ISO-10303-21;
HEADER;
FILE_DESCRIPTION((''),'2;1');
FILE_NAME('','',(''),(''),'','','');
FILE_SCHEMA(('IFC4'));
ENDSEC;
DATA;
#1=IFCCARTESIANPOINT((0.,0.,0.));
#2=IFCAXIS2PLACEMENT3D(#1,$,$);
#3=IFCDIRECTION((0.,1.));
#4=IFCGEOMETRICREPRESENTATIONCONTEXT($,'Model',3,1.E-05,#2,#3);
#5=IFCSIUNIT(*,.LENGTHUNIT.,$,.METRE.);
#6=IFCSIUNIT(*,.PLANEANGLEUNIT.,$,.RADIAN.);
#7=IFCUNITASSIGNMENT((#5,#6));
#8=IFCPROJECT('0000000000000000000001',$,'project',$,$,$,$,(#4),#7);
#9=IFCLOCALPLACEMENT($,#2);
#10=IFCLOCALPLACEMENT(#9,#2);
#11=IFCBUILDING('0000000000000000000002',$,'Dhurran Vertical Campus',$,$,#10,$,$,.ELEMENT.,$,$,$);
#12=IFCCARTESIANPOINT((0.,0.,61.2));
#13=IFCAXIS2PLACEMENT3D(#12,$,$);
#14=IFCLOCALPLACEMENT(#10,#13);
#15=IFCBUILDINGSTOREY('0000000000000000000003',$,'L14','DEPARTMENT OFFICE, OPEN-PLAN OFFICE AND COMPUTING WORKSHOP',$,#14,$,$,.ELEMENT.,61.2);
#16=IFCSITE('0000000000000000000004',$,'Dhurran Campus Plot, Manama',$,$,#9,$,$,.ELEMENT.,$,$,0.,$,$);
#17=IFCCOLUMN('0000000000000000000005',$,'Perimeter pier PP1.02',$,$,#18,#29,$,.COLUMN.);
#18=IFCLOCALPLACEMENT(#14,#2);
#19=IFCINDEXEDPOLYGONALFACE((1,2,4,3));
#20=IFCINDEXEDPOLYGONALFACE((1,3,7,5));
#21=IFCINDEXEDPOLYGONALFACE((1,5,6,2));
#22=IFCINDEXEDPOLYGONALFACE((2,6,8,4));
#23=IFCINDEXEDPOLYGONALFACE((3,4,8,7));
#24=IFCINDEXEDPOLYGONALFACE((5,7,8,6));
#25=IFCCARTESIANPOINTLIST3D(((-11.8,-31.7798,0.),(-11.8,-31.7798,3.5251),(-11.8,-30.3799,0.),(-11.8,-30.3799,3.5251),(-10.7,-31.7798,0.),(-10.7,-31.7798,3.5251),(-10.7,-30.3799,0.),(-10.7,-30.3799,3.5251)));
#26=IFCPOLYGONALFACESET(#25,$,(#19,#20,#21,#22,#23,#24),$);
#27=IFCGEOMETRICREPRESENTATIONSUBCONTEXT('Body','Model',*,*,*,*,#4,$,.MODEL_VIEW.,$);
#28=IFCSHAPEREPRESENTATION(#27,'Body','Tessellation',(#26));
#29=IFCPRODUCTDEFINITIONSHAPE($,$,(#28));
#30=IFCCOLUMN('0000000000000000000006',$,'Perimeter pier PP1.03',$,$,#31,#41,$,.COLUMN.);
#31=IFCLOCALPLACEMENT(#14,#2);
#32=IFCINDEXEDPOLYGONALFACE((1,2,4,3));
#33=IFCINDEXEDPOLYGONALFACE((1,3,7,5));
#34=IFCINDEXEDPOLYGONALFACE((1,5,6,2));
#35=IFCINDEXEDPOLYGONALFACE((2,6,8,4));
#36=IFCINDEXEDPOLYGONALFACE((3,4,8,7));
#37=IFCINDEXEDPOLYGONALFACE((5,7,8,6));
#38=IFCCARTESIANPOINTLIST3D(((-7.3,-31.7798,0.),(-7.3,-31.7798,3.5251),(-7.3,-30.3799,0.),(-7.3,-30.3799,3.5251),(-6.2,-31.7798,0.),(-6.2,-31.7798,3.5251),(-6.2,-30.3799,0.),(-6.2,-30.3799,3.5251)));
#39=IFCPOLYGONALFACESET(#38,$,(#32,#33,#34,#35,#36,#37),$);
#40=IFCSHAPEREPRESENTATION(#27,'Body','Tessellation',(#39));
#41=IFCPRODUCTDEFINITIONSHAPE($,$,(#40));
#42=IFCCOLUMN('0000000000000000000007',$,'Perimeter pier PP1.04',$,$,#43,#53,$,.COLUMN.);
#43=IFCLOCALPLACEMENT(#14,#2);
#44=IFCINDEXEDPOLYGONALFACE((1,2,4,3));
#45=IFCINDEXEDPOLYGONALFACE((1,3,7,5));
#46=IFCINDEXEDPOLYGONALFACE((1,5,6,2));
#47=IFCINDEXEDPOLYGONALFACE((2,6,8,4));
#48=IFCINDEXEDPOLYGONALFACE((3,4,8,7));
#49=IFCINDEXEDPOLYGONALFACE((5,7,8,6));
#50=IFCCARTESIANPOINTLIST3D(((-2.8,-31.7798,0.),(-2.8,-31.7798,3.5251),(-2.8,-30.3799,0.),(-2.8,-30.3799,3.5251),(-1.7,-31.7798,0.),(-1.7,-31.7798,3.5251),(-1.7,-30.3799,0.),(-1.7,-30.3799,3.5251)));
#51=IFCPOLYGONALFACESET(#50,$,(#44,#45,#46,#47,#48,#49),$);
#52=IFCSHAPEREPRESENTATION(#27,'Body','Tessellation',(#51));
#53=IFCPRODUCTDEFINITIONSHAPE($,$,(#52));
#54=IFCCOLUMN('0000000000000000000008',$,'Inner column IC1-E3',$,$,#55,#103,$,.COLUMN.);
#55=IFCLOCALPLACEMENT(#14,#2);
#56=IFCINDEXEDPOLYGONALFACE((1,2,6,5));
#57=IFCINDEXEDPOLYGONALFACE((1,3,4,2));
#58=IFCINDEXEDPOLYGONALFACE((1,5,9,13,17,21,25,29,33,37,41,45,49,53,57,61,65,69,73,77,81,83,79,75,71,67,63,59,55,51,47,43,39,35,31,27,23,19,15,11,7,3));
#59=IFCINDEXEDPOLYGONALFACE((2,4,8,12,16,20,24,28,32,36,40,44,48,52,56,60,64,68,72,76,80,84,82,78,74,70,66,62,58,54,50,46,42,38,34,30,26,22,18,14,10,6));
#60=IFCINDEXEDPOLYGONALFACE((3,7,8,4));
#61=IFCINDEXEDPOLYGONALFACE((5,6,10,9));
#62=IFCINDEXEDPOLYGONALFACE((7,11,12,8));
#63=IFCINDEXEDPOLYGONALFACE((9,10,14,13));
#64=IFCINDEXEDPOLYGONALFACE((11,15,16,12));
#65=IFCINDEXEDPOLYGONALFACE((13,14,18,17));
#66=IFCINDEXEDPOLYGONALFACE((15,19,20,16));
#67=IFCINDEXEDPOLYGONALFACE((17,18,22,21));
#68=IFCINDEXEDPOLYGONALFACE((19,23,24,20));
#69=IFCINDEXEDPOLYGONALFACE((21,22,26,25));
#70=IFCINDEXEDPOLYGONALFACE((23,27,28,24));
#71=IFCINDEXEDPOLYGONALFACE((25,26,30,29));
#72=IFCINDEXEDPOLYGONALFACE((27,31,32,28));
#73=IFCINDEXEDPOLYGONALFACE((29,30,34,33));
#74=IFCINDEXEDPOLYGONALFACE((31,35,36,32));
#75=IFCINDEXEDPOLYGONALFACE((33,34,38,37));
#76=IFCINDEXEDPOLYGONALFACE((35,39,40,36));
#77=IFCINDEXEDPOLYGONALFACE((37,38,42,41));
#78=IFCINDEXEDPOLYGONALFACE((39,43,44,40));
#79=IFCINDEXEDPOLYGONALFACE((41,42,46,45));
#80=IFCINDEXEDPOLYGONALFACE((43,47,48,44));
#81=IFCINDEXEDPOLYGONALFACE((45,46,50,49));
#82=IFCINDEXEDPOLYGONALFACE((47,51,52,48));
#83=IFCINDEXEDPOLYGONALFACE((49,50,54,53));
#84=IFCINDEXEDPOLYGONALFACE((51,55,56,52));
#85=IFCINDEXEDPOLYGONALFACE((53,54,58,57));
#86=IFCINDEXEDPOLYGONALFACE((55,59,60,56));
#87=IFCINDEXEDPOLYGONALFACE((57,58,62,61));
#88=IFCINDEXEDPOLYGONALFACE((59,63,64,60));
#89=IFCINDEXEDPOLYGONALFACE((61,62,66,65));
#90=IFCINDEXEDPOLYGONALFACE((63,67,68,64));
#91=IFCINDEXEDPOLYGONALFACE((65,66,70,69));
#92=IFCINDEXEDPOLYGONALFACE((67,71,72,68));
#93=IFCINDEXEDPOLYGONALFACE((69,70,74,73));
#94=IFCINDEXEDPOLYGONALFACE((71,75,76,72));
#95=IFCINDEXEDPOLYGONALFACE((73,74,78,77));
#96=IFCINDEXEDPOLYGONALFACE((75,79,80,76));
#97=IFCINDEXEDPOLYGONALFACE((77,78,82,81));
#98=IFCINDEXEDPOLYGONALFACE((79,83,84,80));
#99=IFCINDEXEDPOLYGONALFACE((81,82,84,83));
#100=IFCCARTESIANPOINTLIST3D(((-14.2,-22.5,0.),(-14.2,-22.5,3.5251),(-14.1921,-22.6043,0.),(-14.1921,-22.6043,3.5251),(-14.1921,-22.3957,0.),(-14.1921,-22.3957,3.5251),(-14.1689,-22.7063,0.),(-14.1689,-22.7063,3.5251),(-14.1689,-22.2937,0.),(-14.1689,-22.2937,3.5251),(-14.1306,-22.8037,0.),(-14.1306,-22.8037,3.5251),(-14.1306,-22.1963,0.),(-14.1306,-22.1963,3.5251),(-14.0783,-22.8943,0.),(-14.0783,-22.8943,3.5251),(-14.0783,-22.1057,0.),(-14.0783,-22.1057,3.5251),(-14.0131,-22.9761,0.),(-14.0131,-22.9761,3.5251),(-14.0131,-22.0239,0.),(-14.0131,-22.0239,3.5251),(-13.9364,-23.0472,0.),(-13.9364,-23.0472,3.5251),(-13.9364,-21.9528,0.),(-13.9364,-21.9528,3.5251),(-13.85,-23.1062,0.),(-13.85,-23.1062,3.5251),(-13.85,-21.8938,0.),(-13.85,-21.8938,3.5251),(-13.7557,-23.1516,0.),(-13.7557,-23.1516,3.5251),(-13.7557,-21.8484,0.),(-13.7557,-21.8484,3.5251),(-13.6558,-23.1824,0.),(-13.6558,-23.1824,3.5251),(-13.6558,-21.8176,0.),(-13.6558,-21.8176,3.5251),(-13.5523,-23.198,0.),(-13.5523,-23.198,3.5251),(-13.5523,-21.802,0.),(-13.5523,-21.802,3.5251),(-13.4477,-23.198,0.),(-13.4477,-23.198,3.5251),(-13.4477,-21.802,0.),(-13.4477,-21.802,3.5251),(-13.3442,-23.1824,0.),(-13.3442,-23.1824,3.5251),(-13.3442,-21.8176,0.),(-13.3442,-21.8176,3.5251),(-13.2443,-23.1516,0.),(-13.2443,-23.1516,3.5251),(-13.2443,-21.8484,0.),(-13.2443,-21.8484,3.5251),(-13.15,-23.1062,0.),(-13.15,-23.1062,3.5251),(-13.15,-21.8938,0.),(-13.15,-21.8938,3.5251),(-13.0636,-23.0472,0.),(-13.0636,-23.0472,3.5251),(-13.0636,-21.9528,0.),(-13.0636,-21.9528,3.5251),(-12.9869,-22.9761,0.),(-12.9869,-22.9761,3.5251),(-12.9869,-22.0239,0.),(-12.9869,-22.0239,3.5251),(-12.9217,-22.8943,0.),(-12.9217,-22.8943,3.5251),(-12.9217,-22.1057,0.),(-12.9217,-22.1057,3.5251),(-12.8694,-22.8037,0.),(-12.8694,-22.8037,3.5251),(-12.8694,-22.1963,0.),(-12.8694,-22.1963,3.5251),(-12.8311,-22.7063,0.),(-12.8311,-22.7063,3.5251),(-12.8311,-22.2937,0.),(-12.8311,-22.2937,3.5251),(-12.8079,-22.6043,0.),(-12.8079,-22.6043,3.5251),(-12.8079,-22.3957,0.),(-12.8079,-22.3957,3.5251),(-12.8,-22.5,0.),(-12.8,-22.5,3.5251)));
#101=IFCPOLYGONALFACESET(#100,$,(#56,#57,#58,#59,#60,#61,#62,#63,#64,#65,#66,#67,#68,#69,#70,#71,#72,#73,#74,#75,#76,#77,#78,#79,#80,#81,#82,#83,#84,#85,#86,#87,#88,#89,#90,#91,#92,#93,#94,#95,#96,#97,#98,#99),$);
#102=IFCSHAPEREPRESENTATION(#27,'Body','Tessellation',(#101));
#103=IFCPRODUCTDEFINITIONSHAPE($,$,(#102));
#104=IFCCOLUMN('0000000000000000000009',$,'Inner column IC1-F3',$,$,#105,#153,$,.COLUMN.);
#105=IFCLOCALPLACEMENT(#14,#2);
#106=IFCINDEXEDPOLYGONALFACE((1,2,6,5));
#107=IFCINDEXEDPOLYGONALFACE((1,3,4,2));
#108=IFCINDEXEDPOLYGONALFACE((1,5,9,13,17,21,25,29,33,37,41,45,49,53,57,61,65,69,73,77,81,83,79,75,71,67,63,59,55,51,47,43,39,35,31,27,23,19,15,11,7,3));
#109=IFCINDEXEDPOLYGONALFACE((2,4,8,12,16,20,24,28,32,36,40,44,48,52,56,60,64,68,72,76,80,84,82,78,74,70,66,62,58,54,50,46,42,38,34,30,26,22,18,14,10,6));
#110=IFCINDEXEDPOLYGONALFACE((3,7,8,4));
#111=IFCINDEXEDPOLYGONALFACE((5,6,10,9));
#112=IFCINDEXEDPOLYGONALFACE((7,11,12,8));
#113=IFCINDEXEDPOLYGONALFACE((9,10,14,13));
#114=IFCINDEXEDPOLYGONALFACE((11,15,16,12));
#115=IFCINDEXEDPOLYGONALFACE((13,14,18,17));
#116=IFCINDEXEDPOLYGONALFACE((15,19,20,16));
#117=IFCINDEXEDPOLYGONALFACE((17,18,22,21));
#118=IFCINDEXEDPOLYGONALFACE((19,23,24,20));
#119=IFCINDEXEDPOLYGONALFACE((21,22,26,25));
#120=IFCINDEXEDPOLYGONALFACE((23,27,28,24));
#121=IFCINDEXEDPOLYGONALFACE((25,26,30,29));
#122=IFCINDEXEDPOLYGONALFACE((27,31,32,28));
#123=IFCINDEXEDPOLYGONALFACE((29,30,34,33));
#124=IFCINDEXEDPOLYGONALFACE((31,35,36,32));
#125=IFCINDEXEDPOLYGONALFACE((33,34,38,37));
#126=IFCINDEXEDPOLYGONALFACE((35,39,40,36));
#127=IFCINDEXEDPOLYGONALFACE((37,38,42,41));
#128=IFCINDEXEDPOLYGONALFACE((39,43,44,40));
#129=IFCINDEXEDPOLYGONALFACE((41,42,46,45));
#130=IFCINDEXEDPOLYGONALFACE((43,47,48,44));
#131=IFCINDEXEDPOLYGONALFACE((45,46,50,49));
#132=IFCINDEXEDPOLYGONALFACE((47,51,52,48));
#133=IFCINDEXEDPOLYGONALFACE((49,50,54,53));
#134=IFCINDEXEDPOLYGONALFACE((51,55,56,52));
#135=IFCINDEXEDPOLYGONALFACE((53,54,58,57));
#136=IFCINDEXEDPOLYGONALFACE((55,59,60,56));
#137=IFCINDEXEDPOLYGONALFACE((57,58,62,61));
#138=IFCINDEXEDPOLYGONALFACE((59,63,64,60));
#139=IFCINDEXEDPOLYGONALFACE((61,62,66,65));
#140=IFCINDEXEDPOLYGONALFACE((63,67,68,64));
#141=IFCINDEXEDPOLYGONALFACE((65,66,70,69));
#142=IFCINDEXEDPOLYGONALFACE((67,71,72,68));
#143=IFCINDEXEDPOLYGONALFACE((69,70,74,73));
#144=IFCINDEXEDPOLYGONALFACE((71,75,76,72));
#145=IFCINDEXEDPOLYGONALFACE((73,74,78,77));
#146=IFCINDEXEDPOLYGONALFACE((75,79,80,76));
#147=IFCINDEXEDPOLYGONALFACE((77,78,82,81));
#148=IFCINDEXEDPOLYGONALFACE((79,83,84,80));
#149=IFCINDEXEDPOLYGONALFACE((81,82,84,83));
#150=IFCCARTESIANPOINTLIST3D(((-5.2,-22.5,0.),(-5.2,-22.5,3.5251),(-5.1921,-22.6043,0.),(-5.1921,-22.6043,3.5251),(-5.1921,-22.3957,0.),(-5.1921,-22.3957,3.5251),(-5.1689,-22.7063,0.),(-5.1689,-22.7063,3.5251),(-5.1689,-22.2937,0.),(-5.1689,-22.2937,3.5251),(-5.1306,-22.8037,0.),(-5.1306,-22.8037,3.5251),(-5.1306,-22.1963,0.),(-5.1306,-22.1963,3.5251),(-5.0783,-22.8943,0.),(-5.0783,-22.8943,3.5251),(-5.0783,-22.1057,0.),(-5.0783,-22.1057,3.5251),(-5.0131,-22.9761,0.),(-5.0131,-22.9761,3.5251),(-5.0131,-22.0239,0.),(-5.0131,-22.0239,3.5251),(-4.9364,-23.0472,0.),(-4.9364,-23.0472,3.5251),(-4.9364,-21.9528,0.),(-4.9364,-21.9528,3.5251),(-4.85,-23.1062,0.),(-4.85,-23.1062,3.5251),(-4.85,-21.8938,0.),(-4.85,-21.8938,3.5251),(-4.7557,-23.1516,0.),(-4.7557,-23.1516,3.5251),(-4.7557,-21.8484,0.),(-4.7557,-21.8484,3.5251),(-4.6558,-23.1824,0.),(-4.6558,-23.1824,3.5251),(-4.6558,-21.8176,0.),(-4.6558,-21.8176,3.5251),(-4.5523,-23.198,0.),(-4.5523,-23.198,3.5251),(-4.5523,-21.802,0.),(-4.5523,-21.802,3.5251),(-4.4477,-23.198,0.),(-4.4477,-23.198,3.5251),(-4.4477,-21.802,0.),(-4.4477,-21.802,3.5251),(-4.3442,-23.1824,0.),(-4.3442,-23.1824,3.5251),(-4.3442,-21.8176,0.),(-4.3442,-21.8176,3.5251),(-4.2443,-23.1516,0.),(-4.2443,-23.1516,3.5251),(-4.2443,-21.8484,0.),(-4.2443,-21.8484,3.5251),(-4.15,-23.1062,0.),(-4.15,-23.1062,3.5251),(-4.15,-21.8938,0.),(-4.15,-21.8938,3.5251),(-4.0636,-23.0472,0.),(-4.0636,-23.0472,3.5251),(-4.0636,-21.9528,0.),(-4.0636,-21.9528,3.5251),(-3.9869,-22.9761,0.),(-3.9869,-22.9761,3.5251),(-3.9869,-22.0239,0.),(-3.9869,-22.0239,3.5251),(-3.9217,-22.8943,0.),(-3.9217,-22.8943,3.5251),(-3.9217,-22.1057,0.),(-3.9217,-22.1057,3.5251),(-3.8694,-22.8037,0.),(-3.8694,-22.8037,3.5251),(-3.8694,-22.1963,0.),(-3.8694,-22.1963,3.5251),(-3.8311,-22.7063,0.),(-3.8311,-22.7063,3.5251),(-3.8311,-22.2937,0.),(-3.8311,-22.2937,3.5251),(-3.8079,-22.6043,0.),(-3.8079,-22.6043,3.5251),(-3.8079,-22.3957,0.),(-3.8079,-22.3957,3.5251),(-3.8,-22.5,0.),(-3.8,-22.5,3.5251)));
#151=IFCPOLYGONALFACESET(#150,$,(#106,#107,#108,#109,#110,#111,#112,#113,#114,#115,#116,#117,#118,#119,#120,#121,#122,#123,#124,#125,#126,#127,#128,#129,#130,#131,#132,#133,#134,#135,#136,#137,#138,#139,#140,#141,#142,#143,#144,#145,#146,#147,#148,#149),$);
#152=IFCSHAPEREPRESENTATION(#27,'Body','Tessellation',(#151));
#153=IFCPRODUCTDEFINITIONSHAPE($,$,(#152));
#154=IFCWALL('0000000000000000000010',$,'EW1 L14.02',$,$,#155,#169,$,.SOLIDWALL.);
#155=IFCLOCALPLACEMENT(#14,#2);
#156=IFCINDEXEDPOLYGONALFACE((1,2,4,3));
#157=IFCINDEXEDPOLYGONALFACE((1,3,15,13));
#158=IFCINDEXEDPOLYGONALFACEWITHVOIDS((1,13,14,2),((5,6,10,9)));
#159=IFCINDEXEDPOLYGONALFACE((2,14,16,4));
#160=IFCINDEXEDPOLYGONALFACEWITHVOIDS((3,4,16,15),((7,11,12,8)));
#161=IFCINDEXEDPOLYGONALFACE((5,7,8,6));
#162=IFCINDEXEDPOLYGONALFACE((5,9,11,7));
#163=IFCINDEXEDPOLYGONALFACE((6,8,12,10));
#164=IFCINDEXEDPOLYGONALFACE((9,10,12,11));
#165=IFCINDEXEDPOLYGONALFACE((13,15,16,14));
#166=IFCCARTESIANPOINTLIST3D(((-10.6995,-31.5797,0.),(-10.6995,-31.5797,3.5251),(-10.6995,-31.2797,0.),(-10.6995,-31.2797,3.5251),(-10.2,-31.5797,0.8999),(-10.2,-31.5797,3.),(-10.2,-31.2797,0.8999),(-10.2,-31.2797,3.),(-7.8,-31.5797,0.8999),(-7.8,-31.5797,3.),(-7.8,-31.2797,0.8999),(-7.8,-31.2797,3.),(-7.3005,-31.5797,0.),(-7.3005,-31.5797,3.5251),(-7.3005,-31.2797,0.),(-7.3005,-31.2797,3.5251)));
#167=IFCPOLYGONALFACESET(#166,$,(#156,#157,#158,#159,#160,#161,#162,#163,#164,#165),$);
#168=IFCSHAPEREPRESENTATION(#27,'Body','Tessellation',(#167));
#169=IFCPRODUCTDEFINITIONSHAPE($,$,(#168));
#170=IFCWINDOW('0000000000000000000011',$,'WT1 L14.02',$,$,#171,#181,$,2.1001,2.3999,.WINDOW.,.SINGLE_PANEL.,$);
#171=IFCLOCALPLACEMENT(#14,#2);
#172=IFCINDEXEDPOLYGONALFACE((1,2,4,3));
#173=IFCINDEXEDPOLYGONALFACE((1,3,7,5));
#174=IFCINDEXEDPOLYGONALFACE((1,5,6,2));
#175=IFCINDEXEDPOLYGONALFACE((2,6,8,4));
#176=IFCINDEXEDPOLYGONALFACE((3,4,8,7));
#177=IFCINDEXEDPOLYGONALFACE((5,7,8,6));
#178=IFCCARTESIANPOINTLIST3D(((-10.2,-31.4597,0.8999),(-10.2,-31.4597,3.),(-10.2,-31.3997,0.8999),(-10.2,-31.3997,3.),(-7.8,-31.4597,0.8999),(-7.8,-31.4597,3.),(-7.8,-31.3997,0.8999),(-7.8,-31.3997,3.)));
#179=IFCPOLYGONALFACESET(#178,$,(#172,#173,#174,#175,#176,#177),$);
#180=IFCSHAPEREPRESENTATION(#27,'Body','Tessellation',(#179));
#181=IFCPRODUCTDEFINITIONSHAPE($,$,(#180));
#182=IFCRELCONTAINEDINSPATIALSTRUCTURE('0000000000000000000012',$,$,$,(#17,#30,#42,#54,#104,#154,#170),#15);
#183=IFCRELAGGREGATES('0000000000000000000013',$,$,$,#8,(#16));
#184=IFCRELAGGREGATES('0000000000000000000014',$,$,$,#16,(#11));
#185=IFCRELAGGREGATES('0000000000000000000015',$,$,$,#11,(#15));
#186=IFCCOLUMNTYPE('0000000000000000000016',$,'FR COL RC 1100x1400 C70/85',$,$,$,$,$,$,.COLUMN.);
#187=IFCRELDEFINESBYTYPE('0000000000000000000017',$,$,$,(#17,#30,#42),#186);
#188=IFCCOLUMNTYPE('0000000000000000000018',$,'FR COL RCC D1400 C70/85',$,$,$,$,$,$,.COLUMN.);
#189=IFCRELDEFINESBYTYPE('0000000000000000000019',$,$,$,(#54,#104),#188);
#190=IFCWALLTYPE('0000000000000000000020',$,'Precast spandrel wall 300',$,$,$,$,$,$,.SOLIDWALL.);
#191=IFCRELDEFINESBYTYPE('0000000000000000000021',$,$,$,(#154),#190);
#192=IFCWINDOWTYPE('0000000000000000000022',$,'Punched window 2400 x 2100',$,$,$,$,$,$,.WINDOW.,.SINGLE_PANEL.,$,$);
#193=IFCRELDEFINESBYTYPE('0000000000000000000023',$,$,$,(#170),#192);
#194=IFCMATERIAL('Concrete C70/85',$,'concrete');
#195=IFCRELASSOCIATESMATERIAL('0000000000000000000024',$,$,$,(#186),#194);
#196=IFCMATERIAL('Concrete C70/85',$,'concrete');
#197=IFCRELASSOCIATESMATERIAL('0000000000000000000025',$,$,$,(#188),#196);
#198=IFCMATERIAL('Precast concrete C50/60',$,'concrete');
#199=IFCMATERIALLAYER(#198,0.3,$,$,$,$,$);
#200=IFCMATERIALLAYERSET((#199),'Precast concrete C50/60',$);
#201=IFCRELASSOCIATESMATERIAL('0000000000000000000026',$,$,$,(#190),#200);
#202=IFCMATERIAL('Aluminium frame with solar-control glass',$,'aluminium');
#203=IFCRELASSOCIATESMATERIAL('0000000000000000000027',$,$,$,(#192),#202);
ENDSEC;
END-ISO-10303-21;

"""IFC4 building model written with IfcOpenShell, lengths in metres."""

from ifc_helpers import new_model, si_unit, direction, frame, frame_2d, origin, origin_2d, place, context, subcontext, project, spatial, rectangle, circle, extrude, material, layer, layer_set, material_profile, profile_set, type_object, element, fill, save


model = new_model("IFC4")

# Units and contexts
model_context = context("Model", 3, precision=1e-05, world=origin(), true_north=direction((0.0, 1.0)))
body_context = subcontext(model_context, "Body", "Model", "MODEL_VIEW")
ifc_project = project(units=[si_unit("LENGTHUNIT", "METRE"), si_unit("PLANEANGLEUNIT", "RADIAN")], contexts=[model_context])

# Site, building, storey
site_placement = place(None, origin())
site = spatial("IfcSite", under=ifc_project, at=site_placement, Name="Dhurran Campus Plot, Manama", CompositionType="ELEMENT", RefElevation=0.0)
building_placement = place(site_placement, origin())
building = spatial("IfcBuilding", under=site, at=building_placement, Name="Dhurran Vertical Campus", CompositionType="ELEMENT")
storey_placement = place(building_placement, frame((0.0, 0.0, 61.2)))
storey = spatial("IfcBuildingStorey", under=building, at=storey_placement, Name="L14", Description="DEPARTMENT OFFICE, OPEN-PLAN OFFICE AND COMPUTING WORKSHOP", CompositionType="ELEMENT", Elevation=61.2)

# Columns
ifc_material_1 = material(Name="Concrete C70/85", Category="concrete")
ifc_material_profile_1 = material_profile(ifc_material_1, rectangle(XDim=1.1001, YDim=1.3999, at=origin_2d()), Name="RC 1100x1400")
ifc_profile_set_1 = profile_set([ifc_material_profile_1], Name="Concrete C70/85")
column_type_1 = type_object("IfcColumnType", Name="FR COL RC 1100x1400 C70/85", PredefinedType="COLUMN", material=ifc_profile_set_1)
for number, where, z_axis, x_axis, name in (
    (1, (-11.25, -31.0798, 0.0), (0.0, 0.0, 1.0), (1.0, 0.0, 0.0), "Perimeter pier PP1.02"),
    (2, (-6.75, -31.0798, 0.0), (0.0, 0.0, 1.0), (1.0, 0.0, 0.0), "Perimeter pier PP1.03"),
    (3, (-2.25, -31.0798, 0.0), (0.0, 0.0, 1.0), (1.0, 0.0, 0.0), "Perimeter pier PP1.04"),
):
    element("IfcColumn", number, at=place(storey_placement, frame(where, z_axis=z_axis, x_axis=x_axis)), inside=storey, type_object=column_type_1, Name=name, PredefinedType="COLUMN", context=body_context, shape_type="SweptSolid", body=[
        extrude(rectangle(XDim=1.1001, YDim=1.3999, at=origin_2d()), origin(), (0.0, 0.0, 1.0), 3.5251),
    ])
ifc_material_2 = material(Name="Concrete C70/85", Category="concrete")
ifc_material_profile_2 = material_profile(ifc_material_2, circle(Radius=0.7, at=origin_2d()), Name="RCC D1400")
ifc_profile_set_2 = profile_set([ifc_material_profile_2], Name="Concrete C70/85")
column_type_2 = type_object("IfcColumnType", Name="FR COL RCC D1400 C70/85", PredefinedType="COLUMN", material=ifc_profile_set_2)
for number, where, z_axis, x_axis, name in (
    (4, (-13.5, -22.5, 0.0), (0.0, 0.0, 1.0), (1.0, 0.0, 0.0), "Inner column IC1-E3"),
    (5, (-4.5, -22.5, 0.0), (0.0, 0.0, 1.0), (1.0, 0.0, 0.0), "Inner column IC1-F3"),
):
    element("IfcColumn", number, at=place(storey_placement, frame(where, z_axis=z_axis, x_axis=x_axis)), inside=storey, type_object=column_type_2, Name=name, PredefinedType="COLUMN", context=body_context, shape_type="SweptSolid", body=[
        extrude(circle(Radius=0.7, at=origin_2d()), origin(), (0.0, 0.0, 1.0), 3.5251),
    ])

# Wall, opening, window
ifc_material_3 = material(Name="Precast concrete C50/60", Category="concrete")
ifc_layer_1 = layer(ifc_material_3, 0.3)
ifc_layer_set_1 = layer_set([ifc_layer_1], Name="Precast concrete C50/60")
wall_type_1 = type_object("IfcWallType", Name="Precast spandrel wall 300", PredefinedType="SOLIDWALL", material=ifc_layer_set_1)
wall_1_placement = place(storey_placement, frame((-10.6995, -31.4297, 0.0), z_axis=(0.0, 0.0, 1.0), x_axis=(1.0, 0.0, 0.0)))
wall_1 = element("IfcWall", 6, at=wall_1_placement, inside=storey, type_object=wall_type_1, Name="EW1 L14.02", PredefinedType="SOLIDWALL", context=body_context, shape_type="SweptSolid", body=[
    extrude(rectangle(XDim=3.3989, YDim=0.3, at=frame_2d((1.6995, 0.0))), origin(), (0.0, 0.0, 1.0), 3.5251),
])
opening_1_placement = place(wall_1_placement, frame((0.4995, 0.0, 0.8999)))
opening_1 = element("IfcOpeningElement", 7, at=opening_1_placement, cuts=wall_1, PredefinedType="OPENING", context=body_context, shape_type="SweptSolid", body=[
    extrude(rectangle(XDim=2.3999, YDim=2.1001, at=frame_2d((1.2, 1.05))), frame((0.0, 0.1599, 0.0), z_axis=(0.0, -1.0, 0.0), x_axis=(1.0, 0.0, 0.0)), (0.0, 0.0, 1.0), 0.3201),
])
ifc_material_4 = material(Name="Aluminium frame with solar-control glass", Category="aluminium")
window_type = type_object("IfcWindowType", Name="Punched window 2400 x 2100", PartitioningType="SINGLE_PANEL", PredefinedType="WINDOW", material=ifc_material_4)
window_1_placement = place(opening_1_placement, origin())
window_1 = element("IfcWindow", 8, at=window_1_placement, inside=storey, type_object=window_type, Name="WT1 L14.02", OverallHeight=2.1001, OverallWidth=2.3999, PartitioningType="SINGLE_PANEL", PredefinedType="WINDOW", context=body_context, shape_type="SweptSolid", body=[
    extrude(rectangle(XDim=2.3999, YDim=2.1001, at=frame_2d((1.2, 1.05))), frame((0.0, 0.03, 0.0), z_axis=(0.0, -1.0, 0.0), x_axis=(1.0, 0.0, 0.0)), (0.0, 0.0, 1.0), 0.0601),
])
fill(opening_1, window_1)

save(model, "model.ifc")
